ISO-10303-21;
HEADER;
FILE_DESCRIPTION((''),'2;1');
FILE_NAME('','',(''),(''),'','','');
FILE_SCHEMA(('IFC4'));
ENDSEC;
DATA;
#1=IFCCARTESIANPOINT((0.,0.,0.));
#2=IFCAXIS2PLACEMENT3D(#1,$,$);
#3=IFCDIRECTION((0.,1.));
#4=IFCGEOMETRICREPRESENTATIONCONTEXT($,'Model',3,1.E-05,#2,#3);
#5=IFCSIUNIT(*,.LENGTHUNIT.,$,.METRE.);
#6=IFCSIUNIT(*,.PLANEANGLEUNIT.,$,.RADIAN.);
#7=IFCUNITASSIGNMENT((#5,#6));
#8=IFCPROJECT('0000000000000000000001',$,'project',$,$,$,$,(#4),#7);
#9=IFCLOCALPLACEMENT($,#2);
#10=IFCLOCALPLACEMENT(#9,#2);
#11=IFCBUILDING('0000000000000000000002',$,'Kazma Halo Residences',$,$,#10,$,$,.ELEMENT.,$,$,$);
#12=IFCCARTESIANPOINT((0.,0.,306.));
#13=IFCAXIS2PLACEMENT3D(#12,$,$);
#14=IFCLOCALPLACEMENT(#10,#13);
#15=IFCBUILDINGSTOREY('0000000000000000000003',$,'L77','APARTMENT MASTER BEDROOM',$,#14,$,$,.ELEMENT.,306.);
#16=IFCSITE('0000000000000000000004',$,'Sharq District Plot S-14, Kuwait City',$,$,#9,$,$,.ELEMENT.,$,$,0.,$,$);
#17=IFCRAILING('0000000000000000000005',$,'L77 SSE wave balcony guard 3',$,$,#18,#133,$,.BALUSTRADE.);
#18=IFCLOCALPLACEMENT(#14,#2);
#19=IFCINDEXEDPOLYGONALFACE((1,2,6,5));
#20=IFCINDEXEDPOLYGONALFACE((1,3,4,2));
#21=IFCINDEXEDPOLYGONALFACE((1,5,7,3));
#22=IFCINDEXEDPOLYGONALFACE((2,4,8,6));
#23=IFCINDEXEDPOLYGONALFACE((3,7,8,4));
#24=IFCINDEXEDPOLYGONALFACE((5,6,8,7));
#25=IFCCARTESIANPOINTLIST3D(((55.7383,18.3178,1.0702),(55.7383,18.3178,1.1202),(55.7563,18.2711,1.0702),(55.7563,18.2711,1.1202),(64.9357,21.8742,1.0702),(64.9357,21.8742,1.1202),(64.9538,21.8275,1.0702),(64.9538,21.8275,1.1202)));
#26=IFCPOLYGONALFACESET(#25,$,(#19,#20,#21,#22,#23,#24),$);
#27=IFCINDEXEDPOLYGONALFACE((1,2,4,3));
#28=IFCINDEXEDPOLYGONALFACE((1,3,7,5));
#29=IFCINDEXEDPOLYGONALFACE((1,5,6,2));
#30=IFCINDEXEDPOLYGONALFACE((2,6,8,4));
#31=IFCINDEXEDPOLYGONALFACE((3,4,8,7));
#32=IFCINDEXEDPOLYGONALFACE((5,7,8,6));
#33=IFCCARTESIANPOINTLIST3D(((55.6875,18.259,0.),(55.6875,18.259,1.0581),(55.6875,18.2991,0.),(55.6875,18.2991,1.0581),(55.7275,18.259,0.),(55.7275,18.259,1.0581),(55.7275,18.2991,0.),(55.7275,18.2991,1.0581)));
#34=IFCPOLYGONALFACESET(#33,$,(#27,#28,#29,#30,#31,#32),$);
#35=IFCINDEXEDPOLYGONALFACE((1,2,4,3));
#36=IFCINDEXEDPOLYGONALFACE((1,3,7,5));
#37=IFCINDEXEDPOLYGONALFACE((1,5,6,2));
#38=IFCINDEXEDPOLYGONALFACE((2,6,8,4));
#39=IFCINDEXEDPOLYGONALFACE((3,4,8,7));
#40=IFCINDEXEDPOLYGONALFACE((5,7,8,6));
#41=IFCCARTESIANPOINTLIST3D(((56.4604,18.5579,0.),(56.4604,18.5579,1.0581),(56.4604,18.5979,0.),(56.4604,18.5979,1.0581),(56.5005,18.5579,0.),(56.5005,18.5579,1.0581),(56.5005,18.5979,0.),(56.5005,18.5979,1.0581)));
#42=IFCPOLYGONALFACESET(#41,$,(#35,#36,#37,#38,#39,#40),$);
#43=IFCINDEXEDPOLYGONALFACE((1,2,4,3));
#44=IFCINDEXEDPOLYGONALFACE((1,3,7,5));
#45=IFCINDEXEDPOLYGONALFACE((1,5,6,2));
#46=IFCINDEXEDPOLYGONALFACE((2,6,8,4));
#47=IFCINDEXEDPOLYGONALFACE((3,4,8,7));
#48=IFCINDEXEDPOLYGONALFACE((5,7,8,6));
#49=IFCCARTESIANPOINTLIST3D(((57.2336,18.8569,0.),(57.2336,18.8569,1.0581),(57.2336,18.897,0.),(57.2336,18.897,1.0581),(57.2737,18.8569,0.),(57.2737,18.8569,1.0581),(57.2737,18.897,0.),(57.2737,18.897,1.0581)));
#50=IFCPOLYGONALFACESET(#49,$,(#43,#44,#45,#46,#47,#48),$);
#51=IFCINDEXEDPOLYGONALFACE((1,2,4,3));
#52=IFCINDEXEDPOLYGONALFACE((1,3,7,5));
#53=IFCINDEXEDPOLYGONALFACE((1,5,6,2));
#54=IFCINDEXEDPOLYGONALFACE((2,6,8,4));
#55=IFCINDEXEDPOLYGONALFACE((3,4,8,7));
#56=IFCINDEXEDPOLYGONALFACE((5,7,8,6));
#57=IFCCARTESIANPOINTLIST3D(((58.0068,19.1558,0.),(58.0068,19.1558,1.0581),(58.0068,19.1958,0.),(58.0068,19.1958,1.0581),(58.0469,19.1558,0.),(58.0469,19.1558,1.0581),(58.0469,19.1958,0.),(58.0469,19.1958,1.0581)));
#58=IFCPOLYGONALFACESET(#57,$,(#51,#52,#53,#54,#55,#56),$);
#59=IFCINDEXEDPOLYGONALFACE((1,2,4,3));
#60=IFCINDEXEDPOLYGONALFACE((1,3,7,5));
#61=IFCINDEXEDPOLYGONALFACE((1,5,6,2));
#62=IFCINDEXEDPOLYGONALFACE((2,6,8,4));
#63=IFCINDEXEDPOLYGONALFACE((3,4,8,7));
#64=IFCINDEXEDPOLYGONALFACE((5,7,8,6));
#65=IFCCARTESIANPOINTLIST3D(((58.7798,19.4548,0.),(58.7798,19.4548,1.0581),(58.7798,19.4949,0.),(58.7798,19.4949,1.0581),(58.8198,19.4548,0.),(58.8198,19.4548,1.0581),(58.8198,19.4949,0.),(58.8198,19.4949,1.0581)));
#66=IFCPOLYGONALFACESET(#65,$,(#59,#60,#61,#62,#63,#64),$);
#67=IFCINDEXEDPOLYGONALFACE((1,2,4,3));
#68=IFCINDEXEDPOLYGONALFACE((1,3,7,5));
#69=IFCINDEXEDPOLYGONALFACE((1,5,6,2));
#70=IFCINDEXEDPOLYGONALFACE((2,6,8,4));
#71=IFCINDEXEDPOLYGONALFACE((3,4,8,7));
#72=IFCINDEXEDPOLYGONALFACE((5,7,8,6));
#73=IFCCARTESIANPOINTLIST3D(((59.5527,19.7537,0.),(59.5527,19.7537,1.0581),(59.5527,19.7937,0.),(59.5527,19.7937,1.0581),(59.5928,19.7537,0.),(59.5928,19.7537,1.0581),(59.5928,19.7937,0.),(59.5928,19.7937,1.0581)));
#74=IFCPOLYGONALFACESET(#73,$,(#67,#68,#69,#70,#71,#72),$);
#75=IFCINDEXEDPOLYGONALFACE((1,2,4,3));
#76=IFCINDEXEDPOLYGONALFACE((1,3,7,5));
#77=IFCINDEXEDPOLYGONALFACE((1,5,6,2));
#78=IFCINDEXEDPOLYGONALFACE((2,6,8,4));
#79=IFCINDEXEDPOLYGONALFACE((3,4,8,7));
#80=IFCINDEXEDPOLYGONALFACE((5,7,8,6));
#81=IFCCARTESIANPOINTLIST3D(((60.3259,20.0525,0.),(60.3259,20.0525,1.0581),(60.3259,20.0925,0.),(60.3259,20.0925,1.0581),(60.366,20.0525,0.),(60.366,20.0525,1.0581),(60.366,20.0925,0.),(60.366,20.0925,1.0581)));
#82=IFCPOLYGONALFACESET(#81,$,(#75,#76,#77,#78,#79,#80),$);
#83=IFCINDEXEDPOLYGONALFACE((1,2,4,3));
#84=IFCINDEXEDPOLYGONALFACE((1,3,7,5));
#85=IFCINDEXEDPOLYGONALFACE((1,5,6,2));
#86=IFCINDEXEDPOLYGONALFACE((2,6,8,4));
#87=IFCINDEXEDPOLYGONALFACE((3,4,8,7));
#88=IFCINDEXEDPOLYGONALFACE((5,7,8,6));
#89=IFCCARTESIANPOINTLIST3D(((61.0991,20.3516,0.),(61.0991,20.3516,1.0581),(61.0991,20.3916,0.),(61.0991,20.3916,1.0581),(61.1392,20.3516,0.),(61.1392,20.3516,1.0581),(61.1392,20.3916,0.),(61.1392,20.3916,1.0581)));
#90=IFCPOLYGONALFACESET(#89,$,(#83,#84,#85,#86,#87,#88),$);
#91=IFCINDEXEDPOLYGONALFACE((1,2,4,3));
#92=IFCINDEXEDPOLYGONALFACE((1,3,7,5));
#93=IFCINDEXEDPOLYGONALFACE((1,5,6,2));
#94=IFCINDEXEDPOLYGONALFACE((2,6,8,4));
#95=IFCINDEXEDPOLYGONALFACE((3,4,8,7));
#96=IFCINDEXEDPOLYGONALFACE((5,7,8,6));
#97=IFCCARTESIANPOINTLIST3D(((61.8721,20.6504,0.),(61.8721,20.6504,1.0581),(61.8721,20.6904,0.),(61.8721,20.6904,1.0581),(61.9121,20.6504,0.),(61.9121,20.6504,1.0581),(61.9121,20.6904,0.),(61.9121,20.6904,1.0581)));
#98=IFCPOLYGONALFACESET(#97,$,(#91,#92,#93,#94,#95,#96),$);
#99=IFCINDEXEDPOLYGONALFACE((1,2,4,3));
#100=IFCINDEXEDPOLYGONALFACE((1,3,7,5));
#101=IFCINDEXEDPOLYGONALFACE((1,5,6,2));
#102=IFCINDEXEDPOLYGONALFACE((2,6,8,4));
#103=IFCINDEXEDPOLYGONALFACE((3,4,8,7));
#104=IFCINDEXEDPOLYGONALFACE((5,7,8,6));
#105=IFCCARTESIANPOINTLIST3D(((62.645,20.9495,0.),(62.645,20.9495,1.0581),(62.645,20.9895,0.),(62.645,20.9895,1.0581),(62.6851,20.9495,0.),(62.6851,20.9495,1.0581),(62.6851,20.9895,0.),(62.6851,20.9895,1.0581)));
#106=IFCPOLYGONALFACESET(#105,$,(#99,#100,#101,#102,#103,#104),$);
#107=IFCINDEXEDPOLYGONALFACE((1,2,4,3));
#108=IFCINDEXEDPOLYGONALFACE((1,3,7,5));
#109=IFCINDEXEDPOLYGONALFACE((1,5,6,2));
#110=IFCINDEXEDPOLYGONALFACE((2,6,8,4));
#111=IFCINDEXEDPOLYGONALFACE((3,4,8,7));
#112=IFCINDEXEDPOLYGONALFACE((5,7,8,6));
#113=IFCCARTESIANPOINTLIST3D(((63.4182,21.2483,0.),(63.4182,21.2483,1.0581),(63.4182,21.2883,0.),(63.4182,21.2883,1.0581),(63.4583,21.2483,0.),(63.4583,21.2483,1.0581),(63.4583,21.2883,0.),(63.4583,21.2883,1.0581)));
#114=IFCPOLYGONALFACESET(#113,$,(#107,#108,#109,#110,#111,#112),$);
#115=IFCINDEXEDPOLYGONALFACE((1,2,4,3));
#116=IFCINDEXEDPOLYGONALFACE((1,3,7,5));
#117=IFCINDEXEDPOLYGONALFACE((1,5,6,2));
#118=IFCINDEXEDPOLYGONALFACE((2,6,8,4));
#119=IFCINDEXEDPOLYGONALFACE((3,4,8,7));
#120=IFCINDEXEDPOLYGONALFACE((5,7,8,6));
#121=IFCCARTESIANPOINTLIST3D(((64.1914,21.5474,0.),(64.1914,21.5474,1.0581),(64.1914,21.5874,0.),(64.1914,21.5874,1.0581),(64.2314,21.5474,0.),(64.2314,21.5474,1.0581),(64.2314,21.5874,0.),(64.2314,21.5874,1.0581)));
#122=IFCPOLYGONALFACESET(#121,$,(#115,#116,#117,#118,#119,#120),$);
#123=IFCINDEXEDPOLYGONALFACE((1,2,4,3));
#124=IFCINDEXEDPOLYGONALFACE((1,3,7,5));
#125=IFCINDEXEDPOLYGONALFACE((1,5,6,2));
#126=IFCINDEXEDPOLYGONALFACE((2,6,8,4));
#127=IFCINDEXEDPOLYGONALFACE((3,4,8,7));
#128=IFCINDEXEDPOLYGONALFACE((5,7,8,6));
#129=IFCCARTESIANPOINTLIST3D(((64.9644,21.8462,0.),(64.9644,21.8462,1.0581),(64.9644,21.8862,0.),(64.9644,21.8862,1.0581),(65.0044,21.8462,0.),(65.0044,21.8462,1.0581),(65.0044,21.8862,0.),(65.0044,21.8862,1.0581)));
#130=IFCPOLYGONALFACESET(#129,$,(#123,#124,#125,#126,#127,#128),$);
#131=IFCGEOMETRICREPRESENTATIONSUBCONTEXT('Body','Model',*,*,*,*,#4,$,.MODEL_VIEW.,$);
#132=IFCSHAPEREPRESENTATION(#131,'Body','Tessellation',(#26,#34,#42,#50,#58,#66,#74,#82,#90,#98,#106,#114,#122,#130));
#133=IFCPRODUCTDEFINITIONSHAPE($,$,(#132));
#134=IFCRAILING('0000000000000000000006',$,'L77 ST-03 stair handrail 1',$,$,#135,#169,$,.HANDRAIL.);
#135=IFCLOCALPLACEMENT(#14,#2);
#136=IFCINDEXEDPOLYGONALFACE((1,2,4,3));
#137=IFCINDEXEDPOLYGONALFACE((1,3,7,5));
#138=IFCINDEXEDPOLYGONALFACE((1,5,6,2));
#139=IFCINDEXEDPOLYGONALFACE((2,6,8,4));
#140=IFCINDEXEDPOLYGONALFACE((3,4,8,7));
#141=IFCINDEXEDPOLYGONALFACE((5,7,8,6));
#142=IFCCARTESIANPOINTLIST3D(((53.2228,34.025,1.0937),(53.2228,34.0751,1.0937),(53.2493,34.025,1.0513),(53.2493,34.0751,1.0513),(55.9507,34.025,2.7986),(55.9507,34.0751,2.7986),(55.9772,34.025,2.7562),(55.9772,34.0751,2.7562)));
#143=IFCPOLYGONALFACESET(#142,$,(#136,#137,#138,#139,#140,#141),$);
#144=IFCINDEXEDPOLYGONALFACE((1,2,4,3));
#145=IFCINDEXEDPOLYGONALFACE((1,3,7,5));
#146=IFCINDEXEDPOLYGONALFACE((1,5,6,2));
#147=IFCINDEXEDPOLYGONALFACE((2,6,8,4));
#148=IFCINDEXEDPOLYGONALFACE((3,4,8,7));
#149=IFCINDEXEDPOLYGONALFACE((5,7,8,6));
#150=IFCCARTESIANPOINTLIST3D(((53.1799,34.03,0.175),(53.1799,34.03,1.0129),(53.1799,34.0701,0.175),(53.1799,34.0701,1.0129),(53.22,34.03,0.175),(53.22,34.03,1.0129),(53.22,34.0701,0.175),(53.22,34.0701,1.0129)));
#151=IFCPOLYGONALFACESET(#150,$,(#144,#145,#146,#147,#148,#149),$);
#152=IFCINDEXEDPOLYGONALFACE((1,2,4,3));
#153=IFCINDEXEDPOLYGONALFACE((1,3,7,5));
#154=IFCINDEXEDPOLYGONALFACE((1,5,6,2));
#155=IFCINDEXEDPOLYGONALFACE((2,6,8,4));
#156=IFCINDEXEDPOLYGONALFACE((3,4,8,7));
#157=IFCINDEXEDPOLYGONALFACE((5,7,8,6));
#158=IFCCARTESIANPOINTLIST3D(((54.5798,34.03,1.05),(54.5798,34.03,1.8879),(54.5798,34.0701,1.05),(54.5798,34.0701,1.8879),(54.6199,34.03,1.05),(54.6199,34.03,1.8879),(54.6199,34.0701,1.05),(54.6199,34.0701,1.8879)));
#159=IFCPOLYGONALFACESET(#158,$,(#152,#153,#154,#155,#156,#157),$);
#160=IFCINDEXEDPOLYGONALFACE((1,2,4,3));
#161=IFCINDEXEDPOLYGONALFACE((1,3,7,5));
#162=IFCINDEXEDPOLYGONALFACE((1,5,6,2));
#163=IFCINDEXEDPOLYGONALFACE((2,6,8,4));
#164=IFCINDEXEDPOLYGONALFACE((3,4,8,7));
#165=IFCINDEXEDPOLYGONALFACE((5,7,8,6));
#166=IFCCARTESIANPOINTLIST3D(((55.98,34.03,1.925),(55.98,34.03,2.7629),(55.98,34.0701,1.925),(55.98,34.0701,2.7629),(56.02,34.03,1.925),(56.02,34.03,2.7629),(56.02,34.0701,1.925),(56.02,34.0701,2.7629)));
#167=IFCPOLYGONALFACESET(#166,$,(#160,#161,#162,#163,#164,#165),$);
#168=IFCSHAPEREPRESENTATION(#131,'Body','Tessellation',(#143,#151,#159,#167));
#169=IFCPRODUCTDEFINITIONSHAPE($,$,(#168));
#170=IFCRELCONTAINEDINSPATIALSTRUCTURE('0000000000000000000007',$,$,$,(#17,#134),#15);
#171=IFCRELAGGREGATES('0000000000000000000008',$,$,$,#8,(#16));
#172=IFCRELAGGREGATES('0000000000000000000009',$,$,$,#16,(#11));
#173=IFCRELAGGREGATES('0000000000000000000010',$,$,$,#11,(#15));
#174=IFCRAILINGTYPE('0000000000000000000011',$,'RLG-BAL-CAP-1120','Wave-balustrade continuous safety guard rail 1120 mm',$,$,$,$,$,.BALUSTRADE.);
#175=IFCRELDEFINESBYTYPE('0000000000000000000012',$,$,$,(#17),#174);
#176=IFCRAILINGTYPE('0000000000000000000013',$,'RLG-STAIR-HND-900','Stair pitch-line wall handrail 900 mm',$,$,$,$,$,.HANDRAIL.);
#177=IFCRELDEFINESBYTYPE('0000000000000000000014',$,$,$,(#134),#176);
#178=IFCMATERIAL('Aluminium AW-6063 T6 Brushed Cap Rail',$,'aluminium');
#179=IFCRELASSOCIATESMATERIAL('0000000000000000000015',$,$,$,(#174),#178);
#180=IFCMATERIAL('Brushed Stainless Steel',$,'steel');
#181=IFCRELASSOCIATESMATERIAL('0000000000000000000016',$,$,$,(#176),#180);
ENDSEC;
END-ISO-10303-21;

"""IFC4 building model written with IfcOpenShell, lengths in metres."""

from ifc_helpers import new_model, si_unit, direction, frame, origin, origin_2d, place, context, subcontext, project, spatial, rectangle, extrude, material, type_object, element, save


model = new_model("IFC4")

# Units and contexts
model_context = context("Model", 3, precision=1e-05, world=origin(), true_north=direction((0.0, 1.0)))
body_context = subcontext(model_context, "Body", "Model", "MODEL_VIEW")
ifc_project = project(units=[si_unit("LENGTHUNIT", "METRE"), si_unit("PLANEANGLEUNIT", "RADIAN")], contexts=[model_context])

# Site, building, storey
site_placement = place(None, origin())
site = spatial("IfcSite", under=ifc_project, at=site_placement, Name="Sharq District Plot S-14, Kuwait City", CompositionType="ELEMENT", RefElevation=0.0)
building_placement = place(site_placement, origin())
building = spatial("IfcBuilding", under=site, at=building_placement, Name="Kazma Halo Residences", CompositionType="ELEMENT")
storey_placement = place(building_placement, frame((0.0, 0.0, 306.0)))
storey = spatial("IfcBuildingStorey", under=building, at=storey_placement, Name="L77", Description="APARTMENT MASTER BEDROOM", CompositionType="ELEMENT", Elevation=306.0)

# Railings
ifc_material_1 = material(Name="Aluminium AW-6063 T6 Brushed Cap Rail", Category="aluminium")
railing_type_1 = type_object("IfcRailingType", Name="RLG-BAL-CAP-1120", Description="Wave-balustrade continuous safety guard rail 1120 mm", PredefinedType="BALUSTRADE", material=ifc_material_1)
railing_1_placement = place(storey_placement, frame((55.7075, 18.2791, 0.0)))
element("IfcRailing", 1, at=railing_1_placement, inside=storey, type_object=railing_type_1, Name="L77 SSE wave balcony guard 3", PredefinedType="BALUSTRADE", context=body_context, shape_type="SweptSolid", body=[
    extrude(rectangle(XDim=0.05, YDim=0.05, at=origin_2d()), frame((0.0398, 0.0154, 1.0952), z_axis=(0.932699, 0.360655, 0.0), x_axis=(-0.360655, 0.932699, 0.0)), (0.0, 0.0, 1.0), 9.8611),
    extrude(rectangle(XDim=0.04, YDim=0.04, at=origin_2d()), origin(), (0.0, 0.0, 1.0), 1.0581),
    extrude(rectangle(XDim=0.04, YDim=0.04, at=origin_2d()), frame((0.7729, 0.2988, 0.0)), (0.0, 0.0, 1.0), 1.0581),
    extrude(rectangle(XDim=0.04, YDim=0.04, at=origin_2d()), frame((1.5461, 0.5979, 0.0)), (0.0, 0.0, 1.0), 1.0581),
    extrude(rectangle(XDim=0.04, YDim=0.04, at=origin_2d()), frame((2.3193, 0.8967, 0.0)), (0.0, 0.0, 1.0), 1.0581),
    extrude(rectangle(XDim=0.04, YDim=0.04, at=origin_2d()), frame((3.0923, 1.1958, 0.0)), (0.0, 0.0, 1.0), 1.0581),
    extrude(rectangle(XDim=0.04, YDim=0.04, at=origin_2d()), frame((3.8652, 1.4946, 0.0)), (0.0, 0.0, 1.0), 1.0581),
    extrude(rectangle(XDim=0.04, YDim=0.04, at=origin_2d()), frame((4.6384, 1.7935, 0.0)), (0.0, 0.0, 1.0), 1.0581),
    extrude(rectangle(XDim=0.04, YDim=0.04, at=origin_2d()), frame((5.4116, 2.0925, 0.0)), (0.0, 0.0, 1.0), 1.0581),
    extrude(rectangle(XDim=0.04, YDim=0.04, at=origin_2d()), frame((6.1846, 2.3914, 0.0)), (0.0, 0.0, 1.0), 1.0581),
    extrude(rectangle(XDim=0.04, YDim=0.04, at=origin_2d()), frame((6.9575, 2.6904, 0.0)), (0.0, 0.0, 1.0), 1.0581),
    extrude(rectangle(XDim=0.04, YDim=0.04, at=origin_2d()), frame((7.7307, 2.9893, 0.0)), (0.0, 0.0, 1.0), 1.0581),
    extrude(rectangle(XDim=0.04, YDim=0.04, at=origin_2d()), frame((8.5039, 3.2883, 0.0)), (0.0, 0.0, 1.0), 1.0581),
    extrude(rectangle(XDim=0.04, YDim=0.04, at=origin_2d()), frame((9.2769, 3.5872, 0.0)), (0.0, 0.0, 1.0), 1.0581),
])
ifc_material_2 = material(Name="Brushed Stainless Steel", Category="steel")
railing_type_2 = type_object("IfcRailingType", Name="RLG-STAIR-HND-900", Description="Stair pitch-line wall handrail 900 mm", PredefinedType="HANDRAIL", material=ifc_material_2)
railing_2_placement = place(storey_placement, frame((53.2, 34.05, 0.175)))
element("IfcRailing", 2, at=railing_2_placement, inside=storey, type_object=railing_type_2, Name="L77 ST-03 stair handrail 1", PredefinedType="HANDRAIL", context=body_context, shape_type="SweptSolid", body=[
    extrude(rectangle(XDim=0.05, YDim=0.05, at=origin_2d()), frame((0.0361, 0.0, 0.8975), z_axis=(0.848002, 0.0, 0.529992), x_axis=(0.0, 1.0, 0.0)), (0.0, 0.0, 1.0), 3.2168),
    extrude(rectangle(XDim=0.04, YDim=0.04, at=origin_2d()), origin(), (0.0, 0.0, 1.0), 0.8379),
    extrude(rectangle(XDim=0.04, YDim=0.04, at=origin_2d()), frame((1.3999, 0.0, 0.875)), (0.0, 0.0, 1.0), 0.8379),
    extrude(rectangle(XDim=0.04, YDim=0.04, at=origin_2d()), frame((2.8, 0.0, 1.75)), (0.0, 0.0, 1.0), 0.8379),
])

save(model, "model.ifc")
